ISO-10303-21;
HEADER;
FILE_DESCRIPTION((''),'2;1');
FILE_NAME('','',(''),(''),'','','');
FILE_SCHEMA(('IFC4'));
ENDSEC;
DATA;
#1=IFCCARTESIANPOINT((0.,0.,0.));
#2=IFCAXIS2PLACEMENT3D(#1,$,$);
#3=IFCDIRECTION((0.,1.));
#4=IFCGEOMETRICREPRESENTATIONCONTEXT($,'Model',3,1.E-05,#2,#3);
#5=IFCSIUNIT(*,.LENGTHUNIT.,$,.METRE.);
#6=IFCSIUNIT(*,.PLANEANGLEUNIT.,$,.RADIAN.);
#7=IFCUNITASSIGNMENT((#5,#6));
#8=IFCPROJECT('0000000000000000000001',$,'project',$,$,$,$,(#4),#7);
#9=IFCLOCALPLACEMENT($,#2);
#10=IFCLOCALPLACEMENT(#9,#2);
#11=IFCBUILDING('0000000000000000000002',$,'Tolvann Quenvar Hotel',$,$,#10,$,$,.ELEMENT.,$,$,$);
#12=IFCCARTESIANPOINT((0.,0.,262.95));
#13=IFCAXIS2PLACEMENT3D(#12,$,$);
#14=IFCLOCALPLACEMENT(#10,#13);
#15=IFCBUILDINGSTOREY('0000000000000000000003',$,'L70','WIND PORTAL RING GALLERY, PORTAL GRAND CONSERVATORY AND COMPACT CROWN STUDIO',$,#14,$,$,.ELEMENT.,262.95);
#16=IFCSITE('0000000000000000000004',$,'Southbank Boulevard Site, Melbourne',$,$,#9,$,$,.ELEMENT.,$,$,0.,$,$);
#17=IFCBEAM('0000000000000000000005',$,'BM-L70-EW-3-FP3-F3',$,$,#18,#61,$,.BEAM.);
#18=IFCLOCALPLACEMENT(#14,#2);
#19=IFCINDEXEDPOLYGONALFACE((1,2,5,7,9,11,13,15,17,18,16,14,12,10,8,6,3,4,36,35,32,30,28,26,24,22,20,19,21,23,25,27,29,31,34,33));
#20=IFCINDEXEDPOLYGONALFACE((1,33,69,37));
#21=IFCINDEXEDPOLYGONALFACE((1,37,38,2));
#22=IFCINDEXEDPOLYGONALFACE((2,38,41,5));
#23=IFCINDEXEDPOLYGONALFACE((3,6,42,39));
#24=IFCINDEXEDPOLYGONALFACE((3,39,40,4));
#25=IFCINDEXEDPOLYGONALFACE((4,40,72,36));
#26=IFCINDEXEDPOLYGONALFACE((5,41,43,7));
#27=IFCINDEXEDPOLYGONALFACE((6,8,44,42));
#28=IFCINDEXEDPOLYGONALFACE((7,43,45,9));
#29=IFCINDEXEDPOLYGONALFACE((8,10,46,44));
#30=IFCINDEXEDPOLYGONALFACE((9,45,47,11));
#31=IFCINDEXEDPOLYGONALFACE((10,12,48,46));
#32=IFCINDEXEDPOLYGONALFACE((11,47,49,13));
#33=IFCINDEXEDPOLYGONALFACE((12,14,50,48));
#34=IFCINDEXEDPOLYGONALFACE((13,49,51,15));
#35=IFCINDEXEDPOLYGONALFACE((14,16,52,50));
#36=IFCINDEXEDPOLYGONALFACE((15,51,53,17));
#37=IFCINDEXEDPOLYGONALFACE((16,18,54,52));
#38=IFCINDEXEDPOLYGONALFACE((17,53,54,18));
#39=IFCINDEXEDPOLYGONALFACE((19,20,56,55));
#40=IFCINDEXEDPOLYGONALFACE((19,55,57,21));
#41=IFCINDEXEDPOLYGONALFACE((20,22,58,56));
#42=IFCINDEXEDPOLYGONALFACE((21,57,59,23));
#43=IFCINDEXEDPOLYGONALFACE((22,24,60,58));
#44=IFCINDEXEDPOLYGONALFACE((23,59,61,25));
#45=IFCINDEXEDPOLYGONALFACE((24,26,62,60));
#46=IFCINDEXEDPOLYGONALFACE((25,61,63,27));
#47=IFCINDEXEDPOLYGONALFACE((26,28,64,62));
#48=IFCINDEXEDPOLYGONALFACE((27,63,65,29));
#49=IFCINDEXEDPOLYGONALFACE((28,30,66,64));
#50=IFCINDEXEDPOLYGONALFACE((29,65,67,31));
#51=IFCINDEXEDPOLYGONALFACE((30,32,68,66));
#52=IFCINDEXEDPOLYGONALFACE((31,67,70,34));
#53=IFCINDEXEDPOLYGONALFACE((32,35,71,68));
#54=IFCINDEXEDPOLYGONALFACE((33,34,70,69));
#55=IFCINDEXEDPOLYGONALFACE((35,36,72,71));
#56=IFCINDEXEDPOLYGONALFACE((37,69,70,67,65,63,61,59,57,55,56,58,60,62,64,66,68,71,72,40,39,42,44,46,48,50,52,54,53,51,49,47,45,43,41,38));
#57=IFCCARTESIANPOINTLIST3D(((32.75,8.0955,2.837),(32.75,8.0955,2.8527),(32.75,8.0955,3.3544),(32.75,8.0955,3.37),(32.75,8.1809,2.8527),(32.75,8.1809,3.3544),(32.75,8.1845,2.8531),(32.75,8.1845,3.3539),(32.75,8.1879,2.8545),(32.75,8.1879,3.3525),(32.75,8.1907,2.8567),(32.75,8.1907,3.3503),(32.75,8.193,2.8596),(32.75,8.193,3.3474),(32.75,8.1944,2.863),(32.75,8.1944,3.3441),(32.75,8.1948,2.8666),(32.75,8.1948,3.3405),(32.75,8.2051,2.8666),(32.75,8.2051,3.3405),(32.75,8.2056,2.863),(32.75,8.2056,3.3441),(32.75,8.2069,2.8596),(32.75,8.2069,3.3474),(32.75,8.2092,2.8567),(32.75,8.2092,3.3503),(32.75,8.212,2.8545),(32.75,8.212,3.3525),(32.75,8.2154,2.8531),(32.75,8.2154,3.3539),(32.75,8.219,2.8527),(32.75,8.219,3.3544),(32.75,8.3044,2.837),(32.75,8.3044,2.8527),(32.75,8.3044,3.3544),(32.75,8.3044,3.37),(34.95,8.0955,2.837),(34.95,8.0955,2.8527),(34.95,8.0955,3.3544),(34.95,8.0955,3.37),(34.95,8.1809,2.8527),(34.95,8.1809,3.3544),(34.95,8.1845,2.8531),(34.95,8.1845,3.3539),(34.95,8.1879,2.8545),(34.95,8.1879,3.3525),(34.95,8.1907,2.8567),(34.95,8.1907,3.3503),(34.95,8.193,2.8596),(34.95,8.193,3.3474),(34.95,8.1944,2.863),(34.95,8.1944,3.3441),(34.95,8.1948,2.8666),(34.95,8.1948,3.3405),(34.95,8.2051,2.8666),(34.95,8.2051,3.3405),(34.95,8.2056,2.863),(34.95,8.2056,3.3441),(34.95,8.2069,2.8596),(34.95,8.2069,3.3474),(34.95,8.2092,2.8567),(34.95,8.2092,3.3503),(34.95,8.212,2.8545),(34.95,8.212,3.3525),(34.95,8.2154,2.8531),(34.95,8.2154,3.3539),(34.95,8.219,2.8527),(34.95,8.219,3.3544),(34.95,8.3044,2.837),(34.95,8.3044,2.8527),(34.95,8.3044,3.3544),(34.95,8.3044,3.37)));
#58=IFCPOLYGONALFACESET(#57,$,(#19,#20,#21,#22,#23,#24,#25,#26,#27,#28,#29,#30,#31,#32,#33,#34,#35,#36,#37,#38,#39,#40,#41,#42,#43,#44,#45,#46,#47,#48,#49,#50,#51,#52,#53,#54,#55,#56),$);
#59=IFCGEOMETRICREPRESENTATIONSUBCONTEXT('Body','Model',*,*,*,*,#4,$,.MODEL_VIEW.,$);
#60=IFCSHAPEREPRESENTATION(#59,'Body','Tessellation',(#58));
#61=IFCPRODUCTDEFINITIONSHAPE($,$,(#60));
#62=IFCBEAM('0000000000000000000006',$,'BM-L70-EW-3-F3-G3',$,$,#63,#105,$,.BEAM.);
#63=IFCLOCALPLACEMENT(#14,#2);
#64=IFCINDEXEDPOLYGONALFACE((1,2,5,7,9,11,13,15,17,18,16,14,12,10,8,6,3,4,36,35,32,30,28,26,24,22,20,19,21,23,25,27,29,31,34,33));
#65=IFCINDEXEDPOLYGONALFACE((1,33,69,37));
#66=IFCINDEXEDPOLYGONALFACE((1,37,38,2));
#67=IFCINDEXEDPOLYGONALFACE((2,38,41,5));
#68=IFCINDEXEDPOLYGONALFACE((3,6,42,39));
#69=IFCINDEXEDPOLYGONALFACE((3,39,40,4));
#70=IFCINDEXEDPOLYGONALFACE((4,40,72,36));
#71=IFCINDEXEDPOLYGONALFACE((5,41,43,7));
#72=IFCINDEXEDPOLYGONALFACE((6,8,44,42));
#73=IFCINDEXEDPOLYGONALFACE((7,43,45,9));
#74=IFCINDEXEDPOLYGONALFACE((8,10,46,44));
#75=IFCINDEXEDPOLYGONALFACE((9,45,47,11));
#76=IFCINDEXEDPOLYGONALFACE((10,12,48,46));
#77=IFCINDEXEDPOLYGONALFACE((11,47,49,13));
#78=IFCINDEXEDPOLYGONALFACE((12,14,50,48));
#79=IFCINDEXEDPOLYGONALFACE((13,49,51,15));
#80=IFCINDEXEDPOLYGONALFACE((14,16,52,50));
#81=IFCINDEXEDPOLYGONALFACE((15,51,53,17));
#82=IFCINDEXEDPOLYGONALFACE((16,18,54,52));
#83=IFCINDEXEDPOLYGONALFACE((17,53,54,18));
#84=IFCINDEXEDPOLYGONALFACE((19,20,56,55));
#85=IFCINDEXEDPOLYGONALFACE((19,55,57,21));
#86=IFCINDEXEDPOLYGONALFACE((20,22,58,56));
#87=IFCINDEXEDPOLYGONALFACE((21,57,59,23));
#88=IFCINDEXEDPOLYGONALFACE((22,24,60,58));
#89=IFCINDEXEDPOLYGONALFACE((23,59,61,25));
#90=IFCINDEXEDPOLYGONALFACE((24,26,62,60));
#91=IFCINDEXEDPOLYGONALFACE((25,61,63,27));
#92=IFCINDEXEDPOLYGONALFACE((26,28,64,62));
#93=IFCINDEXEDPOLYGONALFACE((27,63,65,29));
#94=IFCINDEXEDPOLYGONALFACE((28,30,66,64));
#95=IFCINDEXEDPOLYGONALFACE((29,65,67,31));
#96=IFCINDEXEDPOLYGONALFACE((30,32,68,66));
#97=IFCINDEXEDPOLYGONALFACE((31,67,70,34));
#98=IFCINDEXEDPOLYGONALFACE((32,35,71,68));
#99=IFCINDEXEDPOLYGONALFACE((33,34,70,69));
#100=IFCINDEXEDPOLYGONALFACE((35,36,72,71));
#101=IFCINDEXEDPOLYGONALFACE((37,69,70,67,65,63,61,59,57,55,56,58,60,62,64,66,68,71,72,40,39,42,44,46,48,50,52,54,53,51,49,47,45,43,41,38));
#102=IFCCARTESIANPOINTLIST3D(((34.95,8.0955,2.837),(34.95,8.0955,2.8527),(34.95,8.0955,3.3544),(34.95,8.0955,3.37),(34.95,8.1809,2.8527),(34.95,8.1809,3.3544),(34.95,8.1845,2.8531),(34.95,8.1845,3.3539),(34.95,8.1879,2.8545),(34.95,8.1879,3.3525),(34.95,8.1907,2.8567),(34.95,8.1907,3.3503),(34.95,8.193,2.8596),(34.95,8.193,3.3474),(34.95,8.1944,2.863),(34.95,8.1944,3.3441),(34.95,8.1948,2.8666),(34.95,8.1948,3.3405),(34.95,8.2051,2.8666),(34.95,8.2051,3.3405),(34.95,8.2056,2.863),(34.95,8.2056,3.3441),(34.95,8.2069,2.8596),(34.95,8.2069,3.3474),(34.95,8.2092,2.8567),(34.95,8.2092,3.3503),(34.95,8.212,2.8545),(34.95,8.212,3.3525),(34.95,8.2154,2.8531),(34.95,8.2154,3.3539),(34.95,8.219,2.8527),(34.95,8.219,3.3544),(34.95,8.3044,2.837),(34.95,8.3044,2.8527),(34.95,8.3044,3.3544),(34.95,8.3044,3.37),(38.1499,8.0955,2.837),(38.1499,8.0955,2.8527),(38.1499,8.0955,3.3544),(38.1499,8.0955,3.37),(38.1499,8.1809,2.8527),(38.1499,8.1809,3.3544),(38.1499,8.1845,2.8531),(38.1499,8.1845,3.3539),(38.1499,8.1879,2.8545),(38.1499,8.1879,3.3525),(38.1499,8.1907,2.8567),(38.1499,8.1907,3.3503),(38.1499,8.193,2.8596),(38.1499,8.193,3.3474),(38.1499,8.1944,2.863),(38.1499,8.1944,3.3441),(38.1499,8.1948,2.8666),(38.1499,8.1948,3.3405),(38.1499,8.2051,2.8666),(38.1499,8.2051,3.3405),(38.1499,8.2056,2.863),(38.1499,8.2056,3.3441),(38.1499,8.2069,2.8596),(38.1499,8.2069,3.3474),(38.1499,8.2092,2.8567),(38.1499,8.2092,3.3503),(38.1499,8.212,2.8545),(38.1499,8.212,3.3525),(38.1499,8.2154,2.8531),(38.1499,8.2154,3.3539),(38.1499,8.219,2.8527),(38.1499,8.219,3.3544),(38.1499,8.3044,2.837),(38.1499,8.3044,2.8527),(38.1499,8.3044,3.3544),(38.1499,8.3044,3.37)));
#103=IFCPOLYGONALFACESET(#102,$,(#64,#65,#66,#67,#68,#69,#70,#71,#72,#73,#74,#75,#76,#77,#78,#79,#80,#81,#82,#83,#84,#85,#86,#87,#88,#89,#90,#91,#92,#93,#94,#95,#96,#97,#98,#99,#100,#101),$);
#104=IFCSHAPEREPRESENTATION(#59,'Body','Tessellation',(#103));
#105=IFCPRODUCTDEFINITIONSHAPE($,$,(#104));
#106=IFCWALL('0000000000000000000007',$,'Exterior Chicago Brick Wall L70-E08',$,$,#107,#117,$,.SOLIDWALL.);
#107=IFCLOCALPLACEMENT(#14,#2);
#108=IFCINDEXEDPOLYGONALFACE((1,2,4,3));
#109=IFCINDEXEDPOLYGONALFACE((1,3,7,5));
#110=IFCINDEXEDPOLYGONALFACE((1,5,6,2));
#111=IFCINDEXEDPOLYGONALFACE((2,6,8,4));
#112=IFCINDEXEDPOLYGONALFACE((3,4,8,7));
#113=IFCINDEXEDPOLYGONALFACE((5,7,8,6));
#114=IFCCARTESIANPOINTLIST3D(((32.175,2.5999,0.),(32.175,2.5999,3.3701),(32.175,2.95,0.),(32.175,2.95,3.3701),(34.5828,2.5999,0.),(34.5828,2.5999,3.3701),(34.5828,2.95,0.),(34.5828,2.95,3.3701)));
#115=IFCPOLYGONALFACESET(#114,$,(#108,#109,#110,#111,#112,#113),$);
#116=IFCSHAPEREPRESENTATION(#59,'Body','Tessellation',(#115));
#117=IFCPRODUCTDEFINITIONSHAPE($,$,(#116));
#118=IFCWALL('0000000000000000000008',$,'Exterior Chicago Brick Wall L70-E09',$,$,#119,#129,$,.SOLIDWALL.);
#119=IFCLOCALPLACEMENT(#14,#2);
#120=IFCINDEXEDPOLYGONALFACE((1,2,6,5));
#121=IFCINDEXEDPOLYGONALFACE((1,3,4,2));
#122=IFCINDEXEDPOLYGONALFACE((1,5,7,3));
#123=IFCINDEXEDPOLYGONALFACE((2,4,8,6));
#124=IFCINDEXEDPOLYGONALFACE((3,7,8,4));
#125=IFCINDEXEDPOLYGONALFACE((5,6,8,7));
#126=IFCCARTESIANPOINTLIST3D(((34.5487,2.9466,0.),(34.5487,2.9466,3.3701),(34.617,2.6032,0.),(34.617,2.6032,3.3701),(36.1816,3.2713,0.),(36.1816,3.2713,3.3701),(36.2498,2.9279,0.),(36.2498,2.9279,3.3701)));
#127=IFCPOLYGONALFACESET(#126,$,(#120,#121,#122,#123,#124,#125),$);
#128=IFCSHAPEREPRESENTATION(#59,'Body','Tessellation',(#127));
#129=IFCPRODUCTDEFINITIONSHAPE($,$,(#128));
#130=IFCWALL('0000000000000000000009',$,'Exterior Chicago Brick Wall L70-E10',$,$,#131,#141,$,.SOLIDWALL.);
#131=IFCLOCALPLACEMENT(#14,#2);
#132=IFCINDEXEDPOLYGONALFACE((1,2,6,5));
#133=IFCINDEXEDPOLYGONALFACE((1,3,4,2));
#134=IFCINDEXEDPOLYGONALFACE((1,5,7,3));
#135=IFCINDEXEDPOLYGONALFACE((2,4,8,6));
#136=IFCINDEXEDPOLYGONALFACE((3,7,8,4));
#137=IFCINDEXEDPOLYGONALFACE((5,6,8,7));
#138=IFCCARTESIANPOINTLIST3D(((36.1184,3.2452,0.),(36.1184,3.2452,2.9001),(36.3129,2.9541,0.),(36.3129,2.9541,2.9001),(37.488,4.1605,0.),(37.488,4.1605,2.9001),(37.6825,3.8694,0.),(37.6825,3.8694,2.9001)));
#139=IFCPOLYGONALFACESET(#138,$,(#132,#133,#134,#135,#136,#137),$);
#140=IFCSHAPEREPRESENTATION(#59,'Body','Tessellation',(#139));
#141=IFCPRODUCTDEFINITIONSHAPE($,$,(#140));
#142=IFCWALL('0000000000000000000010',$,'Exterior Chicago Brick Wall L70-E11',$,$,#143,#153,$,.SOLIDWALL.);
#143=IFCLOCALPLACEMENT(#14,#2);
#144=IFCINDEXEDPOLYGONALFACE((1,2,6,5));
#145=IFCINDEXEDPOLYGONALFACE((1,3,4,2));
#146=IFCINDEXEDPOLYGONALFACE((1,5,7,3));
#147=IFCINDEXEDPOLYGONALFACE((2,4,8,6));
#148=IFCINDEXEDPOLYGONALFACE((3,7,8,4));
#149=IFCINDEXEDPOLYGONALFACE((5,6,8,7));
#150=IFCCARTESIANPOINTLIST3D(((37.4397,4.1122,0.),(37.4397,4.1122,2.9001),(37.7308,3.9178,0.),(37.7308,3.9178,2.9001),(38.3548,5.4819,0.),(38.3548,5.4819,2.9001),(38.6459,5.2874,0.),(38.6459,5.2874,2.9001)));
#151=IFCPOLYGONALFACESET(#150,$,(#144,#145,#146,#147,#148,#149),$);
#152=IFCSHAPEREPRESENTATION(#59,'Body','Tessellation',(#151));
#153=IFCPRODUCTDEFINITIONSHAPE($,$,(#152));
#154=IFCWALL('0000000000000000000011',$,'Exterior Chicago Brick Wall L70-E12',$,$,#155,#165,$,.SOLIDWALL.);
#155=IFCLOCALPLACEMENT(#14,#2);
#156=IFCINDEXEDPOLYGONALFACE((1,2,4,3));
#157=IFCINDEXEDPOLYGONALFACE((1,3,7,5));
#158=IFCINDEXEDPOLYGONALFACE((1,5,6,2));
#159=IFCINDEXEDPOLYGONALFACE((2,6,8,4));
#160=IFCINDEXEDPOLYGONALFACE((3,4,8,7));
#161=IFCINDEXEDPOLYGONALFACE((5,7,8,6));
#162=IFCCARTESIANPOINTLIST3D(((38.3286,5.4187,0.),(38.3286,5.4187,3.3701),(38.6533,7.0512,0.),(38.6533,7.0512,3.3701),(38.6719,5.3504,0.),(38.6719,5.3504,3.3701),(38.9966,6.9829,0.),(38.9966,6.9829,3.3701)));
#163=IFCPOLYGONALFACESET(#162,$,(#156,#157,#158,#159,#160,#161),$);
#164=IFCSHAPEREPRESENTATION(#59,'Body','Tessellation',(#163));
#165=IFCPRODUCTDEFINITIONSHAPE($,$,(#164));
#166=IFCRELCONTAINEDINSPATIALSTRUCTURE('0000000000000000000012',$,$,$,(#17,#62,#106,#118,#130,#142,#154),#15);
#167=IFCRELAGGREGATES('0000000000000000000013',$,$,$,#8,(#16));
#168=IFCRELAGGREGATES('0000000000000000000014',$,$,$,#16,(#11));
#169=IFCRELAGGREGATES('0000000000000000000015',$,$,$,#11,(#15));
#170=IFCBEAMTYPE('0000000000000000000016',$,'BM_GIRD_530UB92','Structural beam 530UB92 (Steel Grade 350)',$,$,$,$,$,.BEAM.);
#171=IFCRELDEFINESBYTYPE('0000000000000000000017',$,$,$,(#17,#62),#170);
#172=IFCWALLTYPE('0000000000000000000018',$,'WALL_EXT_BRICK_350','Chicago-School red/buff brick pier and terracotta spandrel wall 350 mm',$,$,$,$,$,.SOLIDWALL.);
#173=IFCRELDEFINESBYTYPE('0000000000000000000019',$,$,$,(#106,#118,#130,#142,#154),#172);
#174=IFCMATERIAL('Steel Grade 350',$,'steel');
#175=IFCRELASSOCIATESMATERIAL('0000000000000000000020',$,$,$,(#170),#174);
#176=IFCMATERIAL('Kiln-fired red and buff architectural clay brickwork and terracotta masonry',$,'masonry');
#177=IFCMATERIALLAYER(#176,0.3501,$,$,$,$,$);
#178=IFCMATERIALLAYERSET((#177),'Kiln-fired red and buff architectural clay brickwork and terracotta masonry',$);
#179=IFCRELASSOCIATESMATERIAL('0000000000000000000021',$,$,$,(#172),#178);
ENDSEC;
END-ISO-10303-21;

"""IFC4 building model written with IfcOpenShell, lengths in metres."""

from ifc_helpers import new_model, si_unit, direction, frame, frame_2d, origin, origin_2d, place, context, subcontext, project, spatial, rectangle, i_section, extrude, source, transform, mapped, material, layer, layer_set, material_profile, profile_set, type_object, element, save


model = new_model("IFC4")

# Units and contexts
model_context = context("Model", 3, precision=1e-05, world=origin(), true_north=direction((0.0, 1.0)))
body_context = subcontext(model_context, "Body", "Model", "MODEL_VIEW")
ifc_project = project(units=[si_unit("LENGTHUNIT", "METRE"), si_unit("PLANEANGLEUNIT", "RADIAN")], contexts=[model_context])

# Site, building, storey
site_placement = place(None, origin())
site = spatial("IfcSite", under=ifc_project, at=site_placement, Name="Southbank Boulevard Site, Melbourne", CompositionType="ELEMENT", RefElevation=0.0)
building_placement = place(site_placement, origin())
building = spatial("IfcBuilding", under=site, at=building_placement, Name="Tolvann Quenvar Hotel", CompositionType="ELEMENT")
storey_placement = place(building_placement, frame((0.0, 0.0, 262.95)))
storey = spatial("IfcBuildingStorey", under=building, at=storey_placement, Name="L70", Description="WIND PORTAL RING GALLERY, PORTAL GRAND CONSERVATORY AND COMPACT CROWN STUDIO", CompositionType="ELEMENT", Elevation=262.95)

# Shared definitions
ifc_material_1 = material(Name="Steel Grade 350", Category="steel")

# Beams
ifc_material_profile_1 = material_profile(ifc_material_1, i_section(OverallWidth=0.209, OverallDepth=0.533, WebThickness=0.0103, FlangeThickness=0.0156, FilletRadius=0.0139, at=origin_2d()), Name="530UB92")
ifc_profile_set_1 = profile_set([ifc_material_profile_1], Name="Steel Grade 350")
beam_type_1 = type_object("IfcBeamType", Name="BM_GIRD_530UB92", Description="Structural beam 530UB92 (Steel Grade 350)", PredefinedType="BEAM", material=ifc_profile_set_1)
shared_shape_1 = source(origin(), body_context, "Body", "SweptSolid", [
    extrude(i_section(OverallWidth=0.209, OverallDepth=0.533, WebThickness=0.0103, FlangeThickness=0.0156, FilletRadius=0.0139, at=origin_2d()), origin(), (0.0, 0.0, 1.0), 2.2),
])
beam_1_placement = place(storey_placement, frame((32.75, 8.2, 3.1035), z_axis=(1.0, 0.0, 0.0), x_axis=(0.0, 1.0, 0.0)))
element("IfcBeam", 1, at=beam_1_placement, inside=storey, type_object=beam_type_1, Name="BM-L70-EW-3-FP3-F3", PredefinedType="BEAM", context=body_context, shape_type="MappedRepresentation", body=[
    mapped(shared_shape_1, transform((0.0, 0.0, 0.0), x_axis=(1.0, 0.0, 0.0), y_axis=(0.0, 1.0, 0.0), z_axis=(0.0, 0.0, 1.0), scale=1.0)),
])
shared_shape_2 = source(origin(), body_context, "Body", "SweptSolid", [
    extrude(i_section(OverallWidth=0.209, OverallDepth=0.533, WebThickness=0.0103, FlangeThickness=0.0156, FilletRadius=0.0139, at=origin_2d()), origin(), (0.0, 0.0, 1.0), 3.2),
])
beam_2_placement = place(storey_placement, frame((34.95, 8.2, 3.1035), z_axis=(1.0, 0.0, 0.0), x_axis=(0.0, 1.0, 0.0)))
element("IfcBeam", 2, at=beam_2_placement, inside=storey, type_object=beam_type_1, Name="BM-L70-EW-3-F3-G3", PredefinedType="BEAM", context=body_context, shape_type="MappedRepresentation", body=[
    mapped(shared_shape_2, transform((0.0, 0.0, 0.0), x_axis=(1.0, 0.0, 0.0), y_axis=(0.0, 1.0, 0.0), z_axis=(0.0, 0.0, 1.0), scale=1.0)),
])

# Walls
ifc_material_2 = material(Name="Kiln-fired red and buff architectural clay brickwork and terracotta masonry", Category="masonry")
ifc_layer = layer(ifc_material_2, 0.3501)
ifc_layer_set = layer_set([ifc_layer], Name="Kiln-fired red and buff architectural clay brickwork and terracotta masonry")
wall_type = type_object("IfcWallType", Name="WALL_EXT_BRICK_350", Description="Chicago-School red/buff brick pier and terracotta spandrel wall 350 mm", PredefinedType="SOLIDWALL", material=ifc_layer_set)
wall_1_placement = place(storey_placement, frame((32.175, 2.7749, 0.0), z_axis=(0.0, 0.0, 1.0), x_axis=(1.0, 0.0, 0.0)))
element("IfcWall", 3, at=wall_1_placement, inside=storey, type_object=wall_type, Name="Exterior Chicago Brick Wall L70-E08", PredefinedType="SOLIDWALL", context=body_context, shape_type="SweptSolid", body=[
    extrude(rectangle(XDim=2.4077, YDim=0.3501, at=frame_2d((1.2039, 0.0))), origin(), (0.0, 0.0, 1.0), 3.3701),
])
wall_2_placement = place(storey_placement, frame((34.5828, 2.7749, 0.0), z_axis=(0.0, 0.0, 1.0), x_axis=(0.980794, 0.195044, 0.0)))
element("IfcWall", 4, at=wall_2_placement, inside=storey, type_object=wall_type, Name="Exterior Chicago Brick Wall L70-E09", PredefinedType="SOLIDWALL", context=body_context, shape_type="SweptSolid", body=[
    extrude(rectangle(XDim=1.6648, YDim=0.3501, at=frame_2d((0.8325, 0.0))), origin(), (0.0, 0.0, 1.0), 3.3701),
])
for number, where, z_axis, x_axis, name in (
    (5, (36.2156, 3.0996, 0.0), (0.0, 0.0, 1.0), (0.831434, 0.555623, 0.0), "Exterior Chicago Brick Wall L70-E10"),
    (6, (37.5852, 4.0149, 0.0), (0.0, 0.0, 1.0), (0.555521, 0.831503, 0.0), "Exterior Chicago Brick Wall L70-E11"),
):
    element("IfcWall", number, at=place(storey_placement, frame(where, z_axis=z_axis, x_axis=x_axis)), inside=storey, type_object=wall_type, Name=name, PredefinedType="SOLIDWALL", context=body_context, shape_type="SweptSolid", body=[
        extrude(rectangle(XDim=1.6472, YDim=0.3501, at=frame_2d((0.8237, 0.0))), origin(), (0.0, 0.0, 1.0), 2.9001),
    ])
wall_3_placement = place(storey_placement, frame((38.5002, 5.3845, 0.0), z_axis=(0.0, 0.0, 1.0), x_axis=(0.195072, 0.980789, 0.0)))
element("IfcWall", 7, at=wall_3_placement, inside=storey, type_object=wall_type, Name="Exterior Chicago Brick Wall L70-E12", PredefinedType="SOLIDWALL", context=body_context, shape_type="SweptSolid", body=[
    extrude(rectangle(XDim=1.6646, YDim=0.3501, at=frame_2d((0.8323, 0.0))), origin(), (0.0, 0.0, 1.0), 3.3701),
])

save(model, "model.ifc")
